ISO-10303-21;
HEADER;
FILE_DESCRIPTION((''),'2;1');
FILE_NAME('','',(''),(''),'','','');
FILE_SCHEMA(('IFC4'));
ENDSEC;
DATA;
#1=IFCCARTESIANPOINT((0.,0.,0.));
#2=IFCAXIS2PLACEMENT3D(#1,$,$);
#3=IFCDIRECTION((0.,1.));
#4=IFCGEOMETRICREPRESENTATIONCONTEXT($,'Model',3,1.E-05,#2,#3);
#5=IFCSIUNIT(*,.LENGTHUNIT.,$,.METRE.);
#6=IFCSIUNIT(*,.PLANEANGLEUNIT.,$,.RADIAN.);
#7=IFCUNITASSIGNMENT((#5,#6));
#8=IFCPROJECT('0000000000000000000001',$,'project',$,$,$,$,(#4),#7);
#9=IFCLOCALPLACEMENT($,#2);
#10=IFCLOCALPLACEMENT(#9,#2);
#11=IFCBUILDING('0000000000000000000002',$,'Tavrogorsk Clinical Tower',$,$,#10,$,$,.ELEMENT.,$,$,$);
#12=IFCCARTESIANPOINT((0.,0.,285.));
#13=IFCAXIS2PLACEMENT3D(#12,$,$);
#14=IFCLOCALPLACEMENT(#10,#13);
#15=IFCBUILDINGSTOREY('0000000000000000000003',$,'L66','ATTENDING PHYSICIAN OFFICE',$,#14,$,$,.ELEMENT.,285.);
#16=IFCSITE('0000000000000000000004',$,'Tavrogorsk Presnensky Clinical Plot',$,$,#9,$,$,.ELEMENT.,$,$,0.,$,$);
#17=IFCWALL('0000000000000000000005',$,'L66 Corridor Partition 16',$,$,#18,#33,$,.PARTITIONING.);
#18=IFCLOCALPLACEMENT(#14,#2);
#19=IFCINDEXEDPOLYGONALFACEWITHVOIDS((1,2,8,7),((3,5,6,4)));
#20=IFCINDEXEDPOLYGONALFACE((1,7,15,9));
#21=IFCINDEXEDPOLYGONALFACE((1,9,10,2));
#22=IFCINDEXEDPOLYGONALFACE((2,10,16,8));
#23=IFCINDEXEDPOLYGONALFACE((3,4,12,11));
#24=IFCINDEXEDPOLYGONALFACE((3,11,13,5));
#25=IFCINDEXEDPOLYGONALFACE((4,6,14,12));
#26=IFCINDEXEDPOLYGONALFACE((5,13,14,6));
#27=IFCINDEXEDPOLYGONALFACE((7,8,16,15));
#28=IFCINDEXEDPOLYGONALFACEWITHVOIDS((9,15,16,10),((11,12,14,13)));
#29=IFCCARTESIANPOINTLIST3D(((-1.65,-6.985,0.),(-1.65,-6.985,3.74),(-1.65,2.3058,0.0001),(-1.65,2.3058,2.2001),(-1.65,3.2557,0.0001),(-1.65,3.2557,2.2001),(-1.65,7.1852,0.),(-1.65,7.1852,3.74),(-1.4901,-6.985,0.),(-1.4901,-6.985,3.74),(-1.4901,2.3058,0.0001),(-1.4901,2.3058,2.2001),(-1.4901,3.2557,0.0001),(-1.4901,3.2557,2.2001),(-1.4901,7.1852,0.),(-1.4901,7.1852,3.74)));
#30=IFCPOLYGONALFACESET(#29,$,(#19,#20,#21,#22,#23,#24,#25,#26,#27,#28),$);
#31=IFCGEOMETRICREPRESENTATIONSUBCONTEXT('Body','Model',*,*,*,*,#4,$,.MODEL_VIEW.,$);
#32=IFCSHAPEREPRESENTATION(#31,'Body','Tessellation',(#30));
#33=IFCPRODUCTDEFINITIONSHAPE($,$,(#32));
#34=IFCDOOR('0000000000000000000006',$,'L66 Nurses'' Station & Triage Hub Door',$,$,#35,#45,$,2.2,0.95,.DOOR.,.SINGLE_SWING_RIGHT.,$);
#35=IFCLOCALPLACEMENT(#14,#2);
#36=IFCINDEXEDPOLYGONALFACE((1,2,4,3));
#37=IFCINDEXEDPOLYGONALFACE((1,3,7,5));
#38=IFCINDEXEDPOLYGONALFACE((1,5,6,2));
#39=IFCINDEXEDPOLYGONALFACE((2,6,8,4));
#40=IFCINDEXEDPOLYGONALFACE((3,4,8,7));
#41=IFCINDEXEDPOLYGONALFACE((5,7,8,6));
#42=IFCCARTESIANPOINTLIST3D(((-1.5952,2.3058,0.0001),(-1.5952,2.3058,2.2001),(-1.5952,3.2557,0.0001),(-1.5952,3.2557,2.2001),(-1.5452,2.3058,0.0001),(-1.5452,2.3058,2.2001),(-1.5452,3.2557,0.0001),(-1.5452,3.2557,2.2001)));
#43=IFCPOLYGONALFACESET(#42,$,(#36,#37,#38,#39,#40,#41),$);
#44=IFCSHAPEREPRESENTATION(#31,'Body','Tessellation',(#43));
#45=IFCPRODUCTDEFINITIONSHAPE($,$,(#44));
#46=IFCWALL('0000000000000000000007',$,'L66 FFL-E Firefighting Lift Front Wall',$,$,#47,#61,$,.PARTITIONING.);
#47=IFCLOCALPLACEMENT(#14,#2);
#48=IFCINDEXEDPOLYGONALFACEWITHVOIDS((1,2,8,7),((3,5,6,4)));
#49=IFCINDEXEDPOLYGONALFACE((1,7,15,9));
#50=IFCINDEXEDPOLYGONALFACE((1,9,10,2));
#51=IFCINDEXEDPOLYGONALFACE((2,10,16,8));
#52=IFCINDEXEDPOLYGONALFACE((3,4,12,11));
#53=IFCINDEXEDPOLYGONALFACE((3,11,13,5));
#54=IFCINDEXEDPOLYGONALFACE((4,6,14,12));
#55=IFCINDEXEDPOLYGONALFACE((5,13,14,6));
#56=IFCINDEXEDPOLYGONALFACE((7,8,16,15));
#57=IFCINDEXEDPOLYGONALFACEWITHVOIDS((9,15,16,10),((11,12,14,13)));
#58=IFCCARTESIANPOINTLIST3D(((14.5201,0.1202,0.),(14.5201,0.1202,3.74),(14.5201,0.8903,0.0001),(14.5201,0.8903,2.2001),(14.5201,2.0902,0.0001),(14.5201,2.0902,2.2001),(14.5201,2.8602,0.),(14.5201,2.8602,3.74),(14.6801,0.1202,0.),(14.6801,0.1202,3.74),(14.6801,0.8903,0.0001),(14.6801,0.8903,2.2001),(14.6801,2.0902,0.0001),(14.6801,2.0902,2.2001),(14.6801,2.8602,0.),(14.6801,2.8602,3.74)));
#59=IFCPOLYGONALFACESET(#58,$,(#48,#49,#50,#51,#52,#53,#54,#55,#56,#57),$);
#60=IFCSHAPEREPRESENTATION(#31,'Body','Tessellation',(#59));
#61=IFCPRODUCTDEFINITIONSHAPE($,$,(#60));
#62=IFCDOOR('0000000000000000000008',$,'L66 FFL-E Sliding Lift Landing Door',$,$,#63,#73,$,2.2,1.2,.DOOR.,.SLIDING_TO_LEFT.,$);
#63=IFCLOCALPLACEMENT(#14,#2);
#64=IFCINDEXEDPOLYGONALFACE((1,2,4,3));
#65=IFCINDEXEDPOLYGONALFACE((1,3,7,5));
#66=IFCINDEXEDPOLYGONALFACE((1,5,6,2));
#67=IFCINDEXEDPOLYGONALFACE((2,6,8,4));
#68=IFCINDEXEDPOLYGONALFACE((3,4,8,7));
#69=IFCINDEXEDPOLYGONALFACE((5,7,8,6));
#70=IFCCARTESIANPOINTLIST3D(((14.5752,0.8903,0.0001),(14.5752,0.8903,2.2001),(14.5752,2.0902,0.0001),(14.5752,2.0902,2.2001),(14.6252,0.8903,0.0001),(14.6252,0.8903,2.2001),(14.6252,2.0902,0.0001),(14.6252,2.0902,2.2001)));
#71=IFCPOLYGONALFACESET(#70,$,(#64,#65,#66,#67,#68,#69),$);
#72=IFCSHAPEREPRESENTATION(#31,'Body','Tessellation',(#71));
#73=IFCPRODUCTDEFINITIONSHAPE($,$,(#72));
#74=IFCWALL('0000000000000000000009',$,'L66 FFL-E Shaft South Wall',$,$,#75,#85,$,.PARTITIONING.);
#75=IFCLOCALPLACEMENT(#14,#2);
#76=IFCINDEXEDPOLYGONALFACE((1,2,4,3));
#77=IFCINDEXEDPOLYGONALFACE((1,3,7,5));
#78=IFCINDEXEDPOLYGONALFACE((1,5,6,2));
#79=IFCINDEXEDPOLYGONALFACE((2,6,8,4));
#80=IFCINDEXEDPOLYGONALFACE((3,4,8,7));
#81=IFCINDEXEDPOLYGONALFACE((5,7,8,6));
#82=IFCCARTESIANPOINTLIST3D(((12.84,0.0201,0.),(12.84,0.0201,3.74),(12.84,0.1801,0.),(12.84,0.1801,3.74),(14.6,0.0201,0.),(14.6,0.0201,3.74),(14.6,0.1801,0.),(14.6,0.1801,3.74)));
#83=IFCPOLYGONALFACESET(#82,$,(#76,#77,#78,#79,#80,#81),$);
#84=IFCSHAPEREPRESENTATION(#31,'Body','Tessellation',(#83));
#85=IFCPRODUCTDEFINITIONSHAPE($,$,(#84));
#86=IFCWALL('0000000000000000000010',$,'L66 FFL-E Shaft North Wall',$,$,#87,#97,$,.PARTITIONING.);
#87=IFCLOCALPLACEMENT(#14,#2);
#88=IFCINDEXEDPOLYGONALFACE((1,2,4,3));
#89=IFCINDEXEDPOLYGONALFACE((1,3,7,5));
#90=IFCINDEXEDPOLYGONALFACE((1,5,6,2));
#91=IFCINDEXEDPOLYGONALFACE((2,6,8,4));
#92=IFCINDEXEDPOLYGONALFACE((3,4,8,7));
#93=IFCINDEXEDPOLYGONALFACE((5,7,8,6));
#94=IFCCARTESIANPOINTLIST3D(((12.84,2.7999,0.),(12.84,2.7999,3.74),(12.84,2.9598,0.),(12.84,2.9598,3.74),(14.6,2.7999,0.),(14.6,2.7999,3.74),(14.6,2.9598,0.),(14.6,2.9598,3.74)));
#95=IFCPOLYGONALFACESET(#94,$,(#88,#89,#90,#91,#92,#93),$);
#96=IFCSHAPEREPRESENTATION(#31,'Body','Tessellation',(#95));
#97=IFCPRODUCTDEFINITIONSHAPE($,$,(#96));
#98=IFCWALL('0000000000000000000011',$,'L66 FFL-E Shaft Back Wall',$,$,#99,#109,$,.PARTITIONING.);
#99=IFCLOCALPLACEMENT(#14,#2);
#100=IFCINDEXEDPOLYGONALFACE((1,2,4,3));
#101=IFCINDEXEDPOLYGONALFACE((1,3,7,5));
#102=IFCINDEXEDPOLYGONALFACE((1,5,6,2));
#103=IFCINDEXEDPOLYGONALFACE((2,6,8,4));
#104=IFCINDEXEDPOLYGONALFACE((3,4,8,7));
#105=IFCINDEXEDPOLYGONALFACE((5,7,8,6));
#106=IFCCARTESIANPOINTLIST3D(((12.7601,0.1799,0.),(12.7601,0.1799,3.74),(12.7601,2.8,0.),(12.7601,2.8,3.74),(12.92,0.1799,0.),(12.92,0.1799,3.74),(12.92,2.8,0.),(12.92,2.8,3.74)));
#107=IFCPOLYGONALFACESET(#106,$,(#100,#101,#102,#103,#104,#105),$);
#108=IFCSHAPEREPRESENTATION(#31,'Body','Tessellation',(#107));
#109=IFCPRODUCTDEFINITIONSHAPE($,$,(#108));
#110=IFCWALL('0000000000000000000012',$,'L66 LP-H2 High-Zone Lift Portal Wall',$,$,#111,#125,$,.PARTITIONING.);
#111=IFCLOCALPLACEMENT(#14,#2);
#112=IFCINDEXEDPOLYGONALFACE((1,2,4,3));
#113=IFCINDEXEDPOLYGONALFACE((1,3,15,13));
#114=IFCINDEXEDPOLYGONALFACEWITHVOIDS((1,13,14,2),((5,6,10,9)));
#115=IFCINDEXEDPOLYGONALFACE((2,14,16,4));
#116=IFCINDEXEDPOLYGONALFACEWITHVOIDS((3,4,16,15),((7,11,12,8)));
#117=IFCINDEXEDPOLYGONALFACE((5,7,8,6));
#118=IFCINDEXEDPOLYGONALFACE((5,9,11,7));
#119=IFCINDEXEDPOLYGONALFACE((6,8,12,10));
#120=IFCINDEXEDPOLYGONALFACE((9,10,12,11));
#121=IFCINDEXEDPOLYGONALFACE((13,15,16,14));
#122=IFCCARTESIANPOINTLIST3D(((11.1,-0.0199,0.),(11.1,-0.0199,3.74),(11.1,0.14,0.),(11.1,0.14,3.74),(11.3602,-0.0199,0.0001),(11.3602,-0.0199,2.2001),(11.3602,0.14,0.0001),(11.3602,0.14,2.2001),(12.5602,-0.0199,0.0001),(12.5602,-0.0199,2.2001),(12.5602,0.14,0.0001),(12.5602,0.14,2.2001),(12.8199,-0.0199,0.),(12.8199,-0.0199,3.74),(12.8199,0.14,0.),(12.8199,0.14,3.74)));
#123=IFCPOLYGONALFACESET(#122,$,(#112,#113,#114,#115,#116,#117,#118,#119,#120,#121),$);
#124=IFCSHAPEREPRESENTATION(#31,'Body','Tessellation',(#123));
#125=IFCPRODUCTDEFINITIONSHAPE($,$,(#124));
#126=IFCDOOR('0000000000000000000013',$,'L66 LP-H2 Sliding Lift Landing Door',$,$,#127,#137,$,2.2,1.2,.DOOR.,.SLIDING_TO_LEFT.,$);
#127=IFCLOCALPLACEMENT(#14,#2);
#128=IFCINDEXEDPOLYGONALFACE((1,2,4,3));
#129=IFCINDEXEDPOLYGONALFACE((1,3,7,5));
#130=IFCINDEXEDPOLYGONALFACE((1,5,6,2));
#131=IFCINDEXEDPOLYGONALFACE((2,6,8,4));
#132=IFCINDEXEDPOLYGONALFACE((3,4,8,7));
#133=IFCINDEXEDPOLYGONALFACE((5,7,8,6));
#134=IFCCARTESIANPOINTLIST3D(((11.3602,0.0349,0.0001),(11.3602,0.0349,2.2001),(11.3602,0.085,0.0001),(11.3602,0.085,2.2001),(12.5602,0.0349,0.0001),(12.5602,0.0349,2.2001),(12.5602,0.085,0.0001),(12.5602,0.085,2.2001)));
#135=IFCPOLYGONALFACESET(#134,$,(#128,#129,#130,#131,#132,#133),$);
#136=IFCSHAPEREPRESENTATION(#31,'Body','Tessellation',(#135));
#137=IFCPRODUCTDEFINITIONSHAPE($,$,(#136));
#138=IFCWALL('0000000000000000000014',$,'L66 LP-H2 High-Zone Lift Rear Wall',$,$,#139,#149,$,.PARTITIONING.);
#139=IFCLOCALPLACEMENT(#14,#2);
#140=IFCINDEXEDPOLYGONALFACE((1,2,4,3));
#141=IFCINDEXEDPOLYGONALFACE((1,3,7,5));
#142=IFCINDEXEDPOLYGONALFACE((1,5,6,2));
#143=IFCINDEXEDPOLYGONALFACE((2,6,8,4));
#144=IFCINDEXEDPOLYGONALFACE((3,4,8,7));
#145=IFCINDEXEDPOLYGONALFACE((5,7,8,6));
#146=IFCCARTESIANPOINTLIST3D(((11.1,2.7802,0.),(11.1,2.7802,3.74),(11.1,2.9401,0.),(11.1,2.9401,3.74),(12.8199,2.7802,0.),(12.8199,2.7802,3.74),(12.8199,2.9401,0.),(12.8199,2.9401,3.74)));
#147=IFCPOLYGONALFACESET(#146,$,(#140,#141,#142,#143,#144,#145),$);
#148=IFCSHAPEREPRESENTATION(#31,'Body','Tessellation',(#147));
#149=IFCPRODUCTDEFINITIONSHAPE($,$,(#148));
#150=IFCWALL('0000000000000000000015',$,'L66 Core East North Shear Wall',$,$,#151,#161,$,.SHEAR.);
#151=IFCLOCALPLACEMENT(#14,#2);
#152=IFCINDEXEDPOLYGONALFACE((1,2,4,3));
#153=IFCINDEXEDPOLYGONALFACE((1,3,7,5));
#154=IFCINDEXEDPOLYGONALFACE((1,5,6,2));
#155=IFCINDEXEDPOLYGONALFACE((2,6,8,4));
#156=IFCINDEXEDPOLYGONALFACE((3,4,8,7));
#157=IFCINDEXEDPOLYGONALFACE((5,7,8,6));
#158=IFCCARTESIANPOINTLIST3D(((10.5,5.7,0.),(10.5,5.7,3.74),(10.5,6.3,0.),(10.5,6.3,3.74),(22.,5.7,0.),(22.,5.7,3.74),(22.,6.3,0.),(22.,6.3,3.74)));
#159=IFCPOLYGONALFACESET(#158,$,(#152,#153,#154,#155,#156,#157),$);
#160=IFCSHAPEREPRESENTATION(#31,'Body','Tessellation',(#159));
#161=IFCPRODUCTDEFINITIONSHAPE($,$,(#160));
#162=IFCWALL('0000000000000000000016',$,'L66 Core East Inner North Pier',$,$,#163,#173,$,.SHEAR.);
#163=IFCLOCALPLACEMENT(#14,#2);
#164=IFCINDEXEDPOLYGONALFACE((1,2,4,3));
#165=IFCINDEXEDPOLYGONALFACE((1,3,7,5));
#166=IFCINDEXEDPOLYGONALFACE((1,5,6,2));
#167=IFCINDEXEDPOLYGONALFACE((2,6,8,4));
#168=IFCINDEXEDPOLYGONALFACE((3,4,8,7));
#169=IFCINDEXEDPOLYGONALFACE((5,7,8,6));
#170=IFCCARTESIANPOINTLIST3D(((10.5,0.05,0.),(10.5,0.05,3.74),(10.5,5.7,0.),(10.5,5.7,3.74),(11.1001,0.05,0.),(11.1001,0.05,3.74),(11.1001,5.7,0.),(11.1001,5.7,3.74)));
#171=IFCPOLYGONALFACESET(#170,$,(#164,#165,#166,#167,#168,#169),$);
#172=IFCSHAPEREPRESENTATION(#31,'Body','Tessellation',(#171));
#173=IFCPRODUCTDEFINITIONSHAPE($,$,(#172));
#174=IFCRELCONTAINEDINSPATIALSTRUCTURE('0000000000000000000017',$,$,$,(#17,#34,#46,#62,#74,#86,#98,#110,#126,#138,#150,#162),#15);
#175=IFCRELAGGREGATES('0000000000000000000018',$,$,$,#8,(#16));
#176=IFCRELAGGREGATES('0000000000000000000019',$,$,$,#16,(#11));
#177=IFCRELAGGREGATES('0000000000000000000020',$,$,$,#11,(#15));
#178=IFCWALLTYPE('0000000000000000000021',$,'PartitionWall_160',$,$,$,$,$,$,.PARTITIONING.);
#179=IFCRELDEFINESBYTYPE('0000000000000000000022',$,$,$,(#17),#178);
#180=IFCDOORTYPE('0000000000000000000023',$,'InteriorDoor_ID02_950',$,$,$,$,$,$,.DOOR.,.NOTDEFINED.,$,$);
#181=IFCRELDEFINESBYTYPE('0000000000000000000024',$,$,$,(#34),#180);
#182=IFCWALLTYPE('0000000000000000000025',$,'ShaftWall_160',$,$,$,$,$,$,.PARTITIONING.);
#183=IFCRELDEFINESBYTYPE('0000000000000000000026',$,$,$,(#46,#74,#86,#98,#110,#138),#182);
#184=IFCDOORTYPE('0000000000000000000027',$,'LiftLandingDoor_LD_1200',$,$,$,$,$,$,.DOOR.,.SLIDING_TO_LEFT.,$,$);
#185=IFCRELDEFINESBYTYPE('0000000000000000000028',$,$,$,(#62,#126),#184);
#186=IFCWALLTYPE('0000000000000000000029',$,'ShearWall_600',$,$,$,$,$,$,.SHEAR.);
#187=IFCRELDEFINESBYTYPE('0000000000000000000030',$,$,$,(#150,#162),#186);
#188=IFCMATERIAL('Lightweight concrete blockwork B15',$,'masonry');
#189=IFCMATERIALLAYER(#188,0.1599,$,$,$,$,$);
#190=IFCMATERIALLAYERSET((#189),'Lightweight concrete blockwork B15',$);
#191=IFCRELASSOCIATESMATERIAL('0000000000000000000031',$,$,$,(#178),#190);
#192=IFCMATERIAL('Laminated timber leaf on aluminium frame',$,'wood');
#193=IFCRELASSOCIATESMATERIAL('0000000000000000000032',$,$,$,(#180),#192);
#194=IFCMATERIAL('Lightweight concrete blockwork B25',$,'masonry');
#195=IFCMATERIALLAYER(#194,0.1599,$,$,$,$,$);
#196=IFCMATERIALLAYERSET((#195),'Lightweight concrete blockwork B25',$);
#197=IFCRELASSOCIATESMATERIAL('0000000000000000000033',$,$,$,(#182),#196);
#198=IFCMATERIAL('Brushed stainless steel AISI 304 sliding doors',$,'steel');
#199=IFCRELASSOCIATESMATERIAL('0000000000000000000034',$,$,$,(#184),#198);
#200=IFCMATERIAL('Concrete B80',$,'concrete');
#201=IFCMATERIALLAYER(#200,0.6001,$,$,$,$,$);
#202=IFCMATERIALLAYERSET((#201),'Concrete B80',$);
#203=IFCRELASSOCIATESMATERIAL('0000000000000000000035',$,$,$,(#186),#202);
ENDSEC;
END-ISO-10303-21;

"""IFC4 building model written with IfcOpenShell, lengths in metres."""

from ifc_helpers import new_model, si_unit, direction, frame, frame_2d, origin, place, context, subcontext, project, spatial, rectangle, extrude, material, layer, layer_set, type_object, element, fill, save


model = new_model("IFC4")

# Units and contexts
model_context = context("Model", 3, precision=1e-05, world=origin(), true_north=direction((0.0, 1.0)))
body_context = subcontext(model_context, "Body", "Model", "MODEL_VIEW")
ifc_project = project(units=[si_unit("LENGTHUNIT", "METRE"), si_unit("PLANEANGLEUNIT", "RADIAN")], contexts=[model_context])

# Site, building, storey
site_placement = place(None, origin())
site = spatial("IfcSite", under=ifc_project, at=site_placement, Name="Tavrogorsk Presnensky Clinical Plot", CompositionType="ELEMENT", RefElevation=0.0)
building_placement = place(site_placement, origin())
building = spatial("IfcBuilding", under=site, at=building_placement, Name="Tavrogorsk Clinical Tower", CompositionType="ELEMENT")
storey_placement = place(building_placement, frame((0.0, 0.0, 285.0)))
storey = spatial("IfcBuildingStorey", under=building, at=storey_placement, Name="L66", Description="ATTENDING PHYSICIAN OFFICE", CompositionType="ELEMENT", Elevation=285.0)

# Walls, openings, doors
ifc_material_1 = material(Name="Lightweight concrete blockwork B15", Category="masonry")
ifc_layer_1 = layer(ifc_material_1, 0.1599)
ifc_layer_set_1 = layer_set([ifc_layer_1], Name="Lightweight concrete blockwork B15")
wall_type_1 = type_object("IfcWallType", Name="PartitionWall_160", PredefinedType="PARTITIONING", material=ifc_layer_set_1)
wall_1_placement = place(storey_placement, frame((-1.5701, 7.1851, 0.0), z_axis=(0.0, 0.0, 1.0), x_axis=(0.0, -1.0, 0.0)))
wall_1 = element("IfcWall", 1, at=wall_1_placement, inside=storey, type_object=wall_type_1, Name="L66 Corridor Partition 16", PredefinedType="PARTITIONING", context=body_context, shape_type="SweptSolid", body=[
    extrude(rectangle(XDim=14.1702, YDim=0.1599, at=frame_2d((7.085, 0.0))), origin(), (0.0, 0.0, 1.0), 3.74),
])
opening_1_placement = place(wall_1_placement, frame((3.9292, 0.0, 0.0)))
opening_1 = element("IfcOpeningElement", 2, at=opening_1_placement, cuts=wall_1, PredefinedType="OPENING", context=body_context, shape_type="SweptSolid", body=[
    extrude(rectangle(XDim=0.95, YDim=2.2, at=frame_2d((0.4751, 1.1001))), frame((0.0, 0.0898, 0.0), z_axis=(0.0, -1.0, 0.0), x_axis=(1.0, 0.0, 0.0)), (0.0, 0.0, 1.0), 0.1799),
])
ifc_material_2 = material(Name="Laminated timber leaf on aluminium frame", Category="wood")
door_type_1 = type_object("IfcDoorType", Name="InteriorDoor_ID02_950", OperationType="NOTDEFINED", PredefinedType="DOOR", material=ifc_material_2)
door_1_placement = place(opening_1_placement, origin())
door_1 = element("IfcDoor", 3, at=door_1_placement, inside=storey, type_object=door_type_1, Name="L66 Nurses' Station & Triage Hub Door", OperationType="SINGLE_SWING_RIGHT", OverallHeight=2.2, OverallWidth=0.95, PredefinedType="DOOR", context=body_context, shape_type="SweptSolid", body=[
    extrude(rectangle(XDim=0.95, YDim=2.2, at=frame_2d((0.4751, 1.1001))), frame((0.0, 0.0249, 0.0), z_axis=(0.0, -1.0, 0.0), x_axis=(1.0, 0.0, 0.0)), (0.0, 0.0, 1.0), 0.05),
])
fill(opening_1, door_1)
ifc_material_3 = material(Name="Lightweight concrete blockwork B25", Category="masonry")
ifc_layer_2 = layer(ifc_material_3, 0.1599)
ifc_layer_set_2 = layer_set([ifc_layer_2], Name="Lightweight concrete blockwork B25")
wall_type_2 = type_object("IfcWallType", Name="ShaftWall_160", PredefinedType="PARTITIONING", material=ifc_layer_set_2)
wall_2_placement = place(storey_placement, frame((14.6001, 0.1201, 0.0), z_axis=(0.0, 0.0, 1.0), x_axis=(0.0, 1.0, 0.0)))
wall_2 = element("IfcWall", 4, at=wall_2_placement, inside=storey, type_object=wall_type_2, Name="L66 FFL-E Firefighting Lift Front Wall", PredefinedType="PARTITIONING", context=body_context, shape_type="SweptSolid", body=[
    extrude(rectangle(XDim=2.74, YDim=0.1599, at=frame_2d((1.3701, 0.0))), origin(), (0.0, 0.0, 1.0), 3.74),
])
opening_2_placement = place(wall_2_placement, frame((0.77, 0.0, 0.0)))
opening_2 = element("IfcOpeningElement", 5, at=opening_2_placement, cuts=wall_2, PredefinedType="OPENING", context=body_context, shape_type="SweptSolid", body=[
    extrude(rectangle(XDim=1.2, YDim=2.2, at=frame_2d((0.6001, 1.1001))), frame((0.0, 0.0898, 0.0), z_axis=(0.0, -1.0, 0.0), x_axis=(1.0, 0.0, 0.0)), (0.0, 0.0, 1.0), 0.1799),
])
ifc_material_4 = material(Name="Brushed stainless steel AISI 304 sliding doors", Category="steel")
door_type_2 = type_object("IfcDoorType", Name="LiftLandingDoor_LD_1200", OperationType="SLIDING_TO_LEFT", PredefinedType="DOOR", material=ifc_material_4)
door_2_placement = place(opening_2_placement, origin())
door_2 = element("IfcDoor", 6, at=door_2_placement, inside=storey, type_object=door_type_2, Name="L66 FFL-E Sliding Lift Landing Door", OperationType="SLIDING_TO_LEFT", OverallHeight=2.2, OverallWidth=1.2, PredefinedType="DOOR", context=body_context, shape_type="SweptSolid", body=[
    extrude(rectangle(XDim=1.2, YDim=2.2, at=frame_2d((0.6001, 1.1001))), frame((0.0, 0.0249, 0.0), z_axis=(0.0, -1.0, 0.0), x_axis=(1.0, 0.0, 0.0)), (0.0, 0.0, 1.0), 0.05),
])
fill(opening_2, door_2)

# Walls
for number, where, z_axis, x_axis, name in (
    (7, (12.8401, 0.1001, 0.0), (0.0, 0.0, 1.0), (1.0, 0.0, 0.0), "L66 FFL-E Shaft South Wall"),
    (8, (12.8401, 2.8799, 0.0), (0.0, 0.0, 1.0), (1.0, 0.0, 0.0), "L66 FFL-E Shaft North Wall"),
):
    element("IfcWall", number, at=place(storey_placement, frame(where, z_axis=z_axis, x_axis=x_axis)), inside=storey, type_object=wall_type_2, Name=name, PredefinedType="PARTITIONING", context=body_context, shape_type="SweptSolid", body=[
        extrude(rectangle(XDim=1.76, YDim=0.1599, at=frame_2d((0.8799, 0.0))), origin(), (0.0, 0.0, 1.0), 3.74),
    ])
wall_3_placement = place(storey_placement, frame((12.8401, 0.1799, 0.0), z_axis=(0.0, 0.0, 1.0), x_axis=(0.0, 1.0, 0.0)))
element("IfcWall", 9, at=wall_3_placement, inside=storey, type_object=wall_type_2, Name="L66 FFL-E Shaft Back Wall", PredefinedType="PARTITIONING", context=body_context, shape_type="SweptSolid", body=[
    extrude(rectangle(XDim=2.6201, YDim=0.1599, at=frame_2d((1.3101, 0.0))), origin(), (0.0, 0.0, 1.0), 3.74),
])

# Wall, opening, door
wall_4_placement = place(storey_placement, frame((11.1001, 0.0601, 0.0), z_axis=(0.0, 0.0, 1.0), x_axis=(1.0, 0.0, 0.0)))
wall_4 = element("IfcWall", 10, at=wall_4_placement, inside=storey, type_object=wall_type_2, Name="L66 LP-H2 High-Zone Lift Portal Wall", PredefinedType="PARTITIONING", context=body_context, shape_type="SweptSolid", body=[
    extrude(rectangle(XDim=1.72, YDim=0.1599, at=frame_2d((0.8599, 0.0))), origin(), (0.0, 0.0, 1.0), 3.74),
])
opening_3_placement = place(wall_4_placement, frame((0.26, 0.0, 0.0)))
opening_3 = element("IfcOpeningElement", 11, at=opening_3_placement, cuts=wall_4, PredefinedType="OPENING", context=body_context, shape_type="SweptSolid", body=[
    extrude(rectangle(XDim=1.2, YDim=2.2, at=frame_2d((0.6001, 1.1001))), frame((0.0, 0.0898, 0.0), z_axis=(0.0, -1.0, 0.0), x_axis=(1.0, 0.0, 0.0)), (0.0, 0.0, 1.0), 0.1799),
])
door_3_placement = place(opening_3_placement, origin())
door_3 = element("IfcDoor", 12, at=door_3_placement, inside=storey, type_object=door_type_2, Name="L66 LP-H2 Sliding Lift Landing Door", OperationType="SLIDING_TO_LEFT", OverallHeight=2.2, OverallWidth=1.2, PredefinedType="DOOR", context=body_context, shape_type="SweptSolid", body=[
    extrude(rectangle(XDim=1.2, YDim=2.2, at=frame_2d((0.6001, 1.1001))), frame((0.0, 0.0249, 0.0), z_axis=(0.0, -1.0, 0.0), x_axis=(1.0, 0.0, 0.0)), (0.0, 0.0, 1.0), 0.05),
])
fill(opening_3, door_3)

# Walls
wall_5_placement = place(storey_placement, frame((11.1001, 2.8601, 0.0), z_axis=(0.0, 0.0, 1.0), x_axis=(1.0, 0.0, 0.0)))
element("IfcWall", 13, at=wall_5_placement, inside=storey, type_object=wall_type_2, Name="L66 LP-H2 High-Zone Lift Rear Wall", PredefinedType="PARTITIONING", context=body_context, shape_type="SweptSolid", body=[
    extrude(rectangle(XDim=1.72, YDim=0.1599, at=frame_2d((0.8599, 0.0))), origin(), (0.0, 0.0, 1.0), 3.74),
])
ifc_material_5 = material(Name="Concrete B80", Category="concrete")
ifc_layer_3 = layer(ifc_material_5, 0.6001)
ifc_layer_set_3 = layer_set([ifc_layer_3], Name="Concrete B80")
wall_type_3 = type_object("IfcWallType", Name="ShearWall_600", PredefinedType="SHEAR", material=ifc_layer_set_3)
wall_6_placement = place(storey_placement, frame((10.5, 6.0, 0.0), z_axis=(0.0, 0.0, 1.0), x_axis=(1.0, 0.0, 0.0)))
element("IfcWall", 14, at=wall_6_placement, inside=storey, type_object=wall_type_3, Name="L66 Core East North Shear Wall", PredefinedType="SHEAR", context=body_context, shape_type="SweptSolid", body=[
    extrude(rectangle(XDim=11.5, YDim=0.6001, at=frame_2d((5.75, 0.0))), origin(), (0.0, 0.0, 1.0), 3.74),
])
wall_7_placement = place(storey_placement, frame((10.8, 0.05, 0.0), z_axis=(0.0, 0.0, 1.0), x_axis=(0.0, 1.0, 0.0)))
element("IfcWall", 15, at=wall_7_placement, inside=storey, type_object=wall_type_3, Name="L66 Core East Inner North Pier", PredefinedType="SHEAR", context=body_context, shape_type="SweptSolid", body=[
    extrude(rectangle(XDim=5.6499, YDim=0.6001, at=frame_2d((2.825, 0.0))), origin(), (0.0, 0.0, 1.0), 3.74),
])

save(model, "model.ifc")
